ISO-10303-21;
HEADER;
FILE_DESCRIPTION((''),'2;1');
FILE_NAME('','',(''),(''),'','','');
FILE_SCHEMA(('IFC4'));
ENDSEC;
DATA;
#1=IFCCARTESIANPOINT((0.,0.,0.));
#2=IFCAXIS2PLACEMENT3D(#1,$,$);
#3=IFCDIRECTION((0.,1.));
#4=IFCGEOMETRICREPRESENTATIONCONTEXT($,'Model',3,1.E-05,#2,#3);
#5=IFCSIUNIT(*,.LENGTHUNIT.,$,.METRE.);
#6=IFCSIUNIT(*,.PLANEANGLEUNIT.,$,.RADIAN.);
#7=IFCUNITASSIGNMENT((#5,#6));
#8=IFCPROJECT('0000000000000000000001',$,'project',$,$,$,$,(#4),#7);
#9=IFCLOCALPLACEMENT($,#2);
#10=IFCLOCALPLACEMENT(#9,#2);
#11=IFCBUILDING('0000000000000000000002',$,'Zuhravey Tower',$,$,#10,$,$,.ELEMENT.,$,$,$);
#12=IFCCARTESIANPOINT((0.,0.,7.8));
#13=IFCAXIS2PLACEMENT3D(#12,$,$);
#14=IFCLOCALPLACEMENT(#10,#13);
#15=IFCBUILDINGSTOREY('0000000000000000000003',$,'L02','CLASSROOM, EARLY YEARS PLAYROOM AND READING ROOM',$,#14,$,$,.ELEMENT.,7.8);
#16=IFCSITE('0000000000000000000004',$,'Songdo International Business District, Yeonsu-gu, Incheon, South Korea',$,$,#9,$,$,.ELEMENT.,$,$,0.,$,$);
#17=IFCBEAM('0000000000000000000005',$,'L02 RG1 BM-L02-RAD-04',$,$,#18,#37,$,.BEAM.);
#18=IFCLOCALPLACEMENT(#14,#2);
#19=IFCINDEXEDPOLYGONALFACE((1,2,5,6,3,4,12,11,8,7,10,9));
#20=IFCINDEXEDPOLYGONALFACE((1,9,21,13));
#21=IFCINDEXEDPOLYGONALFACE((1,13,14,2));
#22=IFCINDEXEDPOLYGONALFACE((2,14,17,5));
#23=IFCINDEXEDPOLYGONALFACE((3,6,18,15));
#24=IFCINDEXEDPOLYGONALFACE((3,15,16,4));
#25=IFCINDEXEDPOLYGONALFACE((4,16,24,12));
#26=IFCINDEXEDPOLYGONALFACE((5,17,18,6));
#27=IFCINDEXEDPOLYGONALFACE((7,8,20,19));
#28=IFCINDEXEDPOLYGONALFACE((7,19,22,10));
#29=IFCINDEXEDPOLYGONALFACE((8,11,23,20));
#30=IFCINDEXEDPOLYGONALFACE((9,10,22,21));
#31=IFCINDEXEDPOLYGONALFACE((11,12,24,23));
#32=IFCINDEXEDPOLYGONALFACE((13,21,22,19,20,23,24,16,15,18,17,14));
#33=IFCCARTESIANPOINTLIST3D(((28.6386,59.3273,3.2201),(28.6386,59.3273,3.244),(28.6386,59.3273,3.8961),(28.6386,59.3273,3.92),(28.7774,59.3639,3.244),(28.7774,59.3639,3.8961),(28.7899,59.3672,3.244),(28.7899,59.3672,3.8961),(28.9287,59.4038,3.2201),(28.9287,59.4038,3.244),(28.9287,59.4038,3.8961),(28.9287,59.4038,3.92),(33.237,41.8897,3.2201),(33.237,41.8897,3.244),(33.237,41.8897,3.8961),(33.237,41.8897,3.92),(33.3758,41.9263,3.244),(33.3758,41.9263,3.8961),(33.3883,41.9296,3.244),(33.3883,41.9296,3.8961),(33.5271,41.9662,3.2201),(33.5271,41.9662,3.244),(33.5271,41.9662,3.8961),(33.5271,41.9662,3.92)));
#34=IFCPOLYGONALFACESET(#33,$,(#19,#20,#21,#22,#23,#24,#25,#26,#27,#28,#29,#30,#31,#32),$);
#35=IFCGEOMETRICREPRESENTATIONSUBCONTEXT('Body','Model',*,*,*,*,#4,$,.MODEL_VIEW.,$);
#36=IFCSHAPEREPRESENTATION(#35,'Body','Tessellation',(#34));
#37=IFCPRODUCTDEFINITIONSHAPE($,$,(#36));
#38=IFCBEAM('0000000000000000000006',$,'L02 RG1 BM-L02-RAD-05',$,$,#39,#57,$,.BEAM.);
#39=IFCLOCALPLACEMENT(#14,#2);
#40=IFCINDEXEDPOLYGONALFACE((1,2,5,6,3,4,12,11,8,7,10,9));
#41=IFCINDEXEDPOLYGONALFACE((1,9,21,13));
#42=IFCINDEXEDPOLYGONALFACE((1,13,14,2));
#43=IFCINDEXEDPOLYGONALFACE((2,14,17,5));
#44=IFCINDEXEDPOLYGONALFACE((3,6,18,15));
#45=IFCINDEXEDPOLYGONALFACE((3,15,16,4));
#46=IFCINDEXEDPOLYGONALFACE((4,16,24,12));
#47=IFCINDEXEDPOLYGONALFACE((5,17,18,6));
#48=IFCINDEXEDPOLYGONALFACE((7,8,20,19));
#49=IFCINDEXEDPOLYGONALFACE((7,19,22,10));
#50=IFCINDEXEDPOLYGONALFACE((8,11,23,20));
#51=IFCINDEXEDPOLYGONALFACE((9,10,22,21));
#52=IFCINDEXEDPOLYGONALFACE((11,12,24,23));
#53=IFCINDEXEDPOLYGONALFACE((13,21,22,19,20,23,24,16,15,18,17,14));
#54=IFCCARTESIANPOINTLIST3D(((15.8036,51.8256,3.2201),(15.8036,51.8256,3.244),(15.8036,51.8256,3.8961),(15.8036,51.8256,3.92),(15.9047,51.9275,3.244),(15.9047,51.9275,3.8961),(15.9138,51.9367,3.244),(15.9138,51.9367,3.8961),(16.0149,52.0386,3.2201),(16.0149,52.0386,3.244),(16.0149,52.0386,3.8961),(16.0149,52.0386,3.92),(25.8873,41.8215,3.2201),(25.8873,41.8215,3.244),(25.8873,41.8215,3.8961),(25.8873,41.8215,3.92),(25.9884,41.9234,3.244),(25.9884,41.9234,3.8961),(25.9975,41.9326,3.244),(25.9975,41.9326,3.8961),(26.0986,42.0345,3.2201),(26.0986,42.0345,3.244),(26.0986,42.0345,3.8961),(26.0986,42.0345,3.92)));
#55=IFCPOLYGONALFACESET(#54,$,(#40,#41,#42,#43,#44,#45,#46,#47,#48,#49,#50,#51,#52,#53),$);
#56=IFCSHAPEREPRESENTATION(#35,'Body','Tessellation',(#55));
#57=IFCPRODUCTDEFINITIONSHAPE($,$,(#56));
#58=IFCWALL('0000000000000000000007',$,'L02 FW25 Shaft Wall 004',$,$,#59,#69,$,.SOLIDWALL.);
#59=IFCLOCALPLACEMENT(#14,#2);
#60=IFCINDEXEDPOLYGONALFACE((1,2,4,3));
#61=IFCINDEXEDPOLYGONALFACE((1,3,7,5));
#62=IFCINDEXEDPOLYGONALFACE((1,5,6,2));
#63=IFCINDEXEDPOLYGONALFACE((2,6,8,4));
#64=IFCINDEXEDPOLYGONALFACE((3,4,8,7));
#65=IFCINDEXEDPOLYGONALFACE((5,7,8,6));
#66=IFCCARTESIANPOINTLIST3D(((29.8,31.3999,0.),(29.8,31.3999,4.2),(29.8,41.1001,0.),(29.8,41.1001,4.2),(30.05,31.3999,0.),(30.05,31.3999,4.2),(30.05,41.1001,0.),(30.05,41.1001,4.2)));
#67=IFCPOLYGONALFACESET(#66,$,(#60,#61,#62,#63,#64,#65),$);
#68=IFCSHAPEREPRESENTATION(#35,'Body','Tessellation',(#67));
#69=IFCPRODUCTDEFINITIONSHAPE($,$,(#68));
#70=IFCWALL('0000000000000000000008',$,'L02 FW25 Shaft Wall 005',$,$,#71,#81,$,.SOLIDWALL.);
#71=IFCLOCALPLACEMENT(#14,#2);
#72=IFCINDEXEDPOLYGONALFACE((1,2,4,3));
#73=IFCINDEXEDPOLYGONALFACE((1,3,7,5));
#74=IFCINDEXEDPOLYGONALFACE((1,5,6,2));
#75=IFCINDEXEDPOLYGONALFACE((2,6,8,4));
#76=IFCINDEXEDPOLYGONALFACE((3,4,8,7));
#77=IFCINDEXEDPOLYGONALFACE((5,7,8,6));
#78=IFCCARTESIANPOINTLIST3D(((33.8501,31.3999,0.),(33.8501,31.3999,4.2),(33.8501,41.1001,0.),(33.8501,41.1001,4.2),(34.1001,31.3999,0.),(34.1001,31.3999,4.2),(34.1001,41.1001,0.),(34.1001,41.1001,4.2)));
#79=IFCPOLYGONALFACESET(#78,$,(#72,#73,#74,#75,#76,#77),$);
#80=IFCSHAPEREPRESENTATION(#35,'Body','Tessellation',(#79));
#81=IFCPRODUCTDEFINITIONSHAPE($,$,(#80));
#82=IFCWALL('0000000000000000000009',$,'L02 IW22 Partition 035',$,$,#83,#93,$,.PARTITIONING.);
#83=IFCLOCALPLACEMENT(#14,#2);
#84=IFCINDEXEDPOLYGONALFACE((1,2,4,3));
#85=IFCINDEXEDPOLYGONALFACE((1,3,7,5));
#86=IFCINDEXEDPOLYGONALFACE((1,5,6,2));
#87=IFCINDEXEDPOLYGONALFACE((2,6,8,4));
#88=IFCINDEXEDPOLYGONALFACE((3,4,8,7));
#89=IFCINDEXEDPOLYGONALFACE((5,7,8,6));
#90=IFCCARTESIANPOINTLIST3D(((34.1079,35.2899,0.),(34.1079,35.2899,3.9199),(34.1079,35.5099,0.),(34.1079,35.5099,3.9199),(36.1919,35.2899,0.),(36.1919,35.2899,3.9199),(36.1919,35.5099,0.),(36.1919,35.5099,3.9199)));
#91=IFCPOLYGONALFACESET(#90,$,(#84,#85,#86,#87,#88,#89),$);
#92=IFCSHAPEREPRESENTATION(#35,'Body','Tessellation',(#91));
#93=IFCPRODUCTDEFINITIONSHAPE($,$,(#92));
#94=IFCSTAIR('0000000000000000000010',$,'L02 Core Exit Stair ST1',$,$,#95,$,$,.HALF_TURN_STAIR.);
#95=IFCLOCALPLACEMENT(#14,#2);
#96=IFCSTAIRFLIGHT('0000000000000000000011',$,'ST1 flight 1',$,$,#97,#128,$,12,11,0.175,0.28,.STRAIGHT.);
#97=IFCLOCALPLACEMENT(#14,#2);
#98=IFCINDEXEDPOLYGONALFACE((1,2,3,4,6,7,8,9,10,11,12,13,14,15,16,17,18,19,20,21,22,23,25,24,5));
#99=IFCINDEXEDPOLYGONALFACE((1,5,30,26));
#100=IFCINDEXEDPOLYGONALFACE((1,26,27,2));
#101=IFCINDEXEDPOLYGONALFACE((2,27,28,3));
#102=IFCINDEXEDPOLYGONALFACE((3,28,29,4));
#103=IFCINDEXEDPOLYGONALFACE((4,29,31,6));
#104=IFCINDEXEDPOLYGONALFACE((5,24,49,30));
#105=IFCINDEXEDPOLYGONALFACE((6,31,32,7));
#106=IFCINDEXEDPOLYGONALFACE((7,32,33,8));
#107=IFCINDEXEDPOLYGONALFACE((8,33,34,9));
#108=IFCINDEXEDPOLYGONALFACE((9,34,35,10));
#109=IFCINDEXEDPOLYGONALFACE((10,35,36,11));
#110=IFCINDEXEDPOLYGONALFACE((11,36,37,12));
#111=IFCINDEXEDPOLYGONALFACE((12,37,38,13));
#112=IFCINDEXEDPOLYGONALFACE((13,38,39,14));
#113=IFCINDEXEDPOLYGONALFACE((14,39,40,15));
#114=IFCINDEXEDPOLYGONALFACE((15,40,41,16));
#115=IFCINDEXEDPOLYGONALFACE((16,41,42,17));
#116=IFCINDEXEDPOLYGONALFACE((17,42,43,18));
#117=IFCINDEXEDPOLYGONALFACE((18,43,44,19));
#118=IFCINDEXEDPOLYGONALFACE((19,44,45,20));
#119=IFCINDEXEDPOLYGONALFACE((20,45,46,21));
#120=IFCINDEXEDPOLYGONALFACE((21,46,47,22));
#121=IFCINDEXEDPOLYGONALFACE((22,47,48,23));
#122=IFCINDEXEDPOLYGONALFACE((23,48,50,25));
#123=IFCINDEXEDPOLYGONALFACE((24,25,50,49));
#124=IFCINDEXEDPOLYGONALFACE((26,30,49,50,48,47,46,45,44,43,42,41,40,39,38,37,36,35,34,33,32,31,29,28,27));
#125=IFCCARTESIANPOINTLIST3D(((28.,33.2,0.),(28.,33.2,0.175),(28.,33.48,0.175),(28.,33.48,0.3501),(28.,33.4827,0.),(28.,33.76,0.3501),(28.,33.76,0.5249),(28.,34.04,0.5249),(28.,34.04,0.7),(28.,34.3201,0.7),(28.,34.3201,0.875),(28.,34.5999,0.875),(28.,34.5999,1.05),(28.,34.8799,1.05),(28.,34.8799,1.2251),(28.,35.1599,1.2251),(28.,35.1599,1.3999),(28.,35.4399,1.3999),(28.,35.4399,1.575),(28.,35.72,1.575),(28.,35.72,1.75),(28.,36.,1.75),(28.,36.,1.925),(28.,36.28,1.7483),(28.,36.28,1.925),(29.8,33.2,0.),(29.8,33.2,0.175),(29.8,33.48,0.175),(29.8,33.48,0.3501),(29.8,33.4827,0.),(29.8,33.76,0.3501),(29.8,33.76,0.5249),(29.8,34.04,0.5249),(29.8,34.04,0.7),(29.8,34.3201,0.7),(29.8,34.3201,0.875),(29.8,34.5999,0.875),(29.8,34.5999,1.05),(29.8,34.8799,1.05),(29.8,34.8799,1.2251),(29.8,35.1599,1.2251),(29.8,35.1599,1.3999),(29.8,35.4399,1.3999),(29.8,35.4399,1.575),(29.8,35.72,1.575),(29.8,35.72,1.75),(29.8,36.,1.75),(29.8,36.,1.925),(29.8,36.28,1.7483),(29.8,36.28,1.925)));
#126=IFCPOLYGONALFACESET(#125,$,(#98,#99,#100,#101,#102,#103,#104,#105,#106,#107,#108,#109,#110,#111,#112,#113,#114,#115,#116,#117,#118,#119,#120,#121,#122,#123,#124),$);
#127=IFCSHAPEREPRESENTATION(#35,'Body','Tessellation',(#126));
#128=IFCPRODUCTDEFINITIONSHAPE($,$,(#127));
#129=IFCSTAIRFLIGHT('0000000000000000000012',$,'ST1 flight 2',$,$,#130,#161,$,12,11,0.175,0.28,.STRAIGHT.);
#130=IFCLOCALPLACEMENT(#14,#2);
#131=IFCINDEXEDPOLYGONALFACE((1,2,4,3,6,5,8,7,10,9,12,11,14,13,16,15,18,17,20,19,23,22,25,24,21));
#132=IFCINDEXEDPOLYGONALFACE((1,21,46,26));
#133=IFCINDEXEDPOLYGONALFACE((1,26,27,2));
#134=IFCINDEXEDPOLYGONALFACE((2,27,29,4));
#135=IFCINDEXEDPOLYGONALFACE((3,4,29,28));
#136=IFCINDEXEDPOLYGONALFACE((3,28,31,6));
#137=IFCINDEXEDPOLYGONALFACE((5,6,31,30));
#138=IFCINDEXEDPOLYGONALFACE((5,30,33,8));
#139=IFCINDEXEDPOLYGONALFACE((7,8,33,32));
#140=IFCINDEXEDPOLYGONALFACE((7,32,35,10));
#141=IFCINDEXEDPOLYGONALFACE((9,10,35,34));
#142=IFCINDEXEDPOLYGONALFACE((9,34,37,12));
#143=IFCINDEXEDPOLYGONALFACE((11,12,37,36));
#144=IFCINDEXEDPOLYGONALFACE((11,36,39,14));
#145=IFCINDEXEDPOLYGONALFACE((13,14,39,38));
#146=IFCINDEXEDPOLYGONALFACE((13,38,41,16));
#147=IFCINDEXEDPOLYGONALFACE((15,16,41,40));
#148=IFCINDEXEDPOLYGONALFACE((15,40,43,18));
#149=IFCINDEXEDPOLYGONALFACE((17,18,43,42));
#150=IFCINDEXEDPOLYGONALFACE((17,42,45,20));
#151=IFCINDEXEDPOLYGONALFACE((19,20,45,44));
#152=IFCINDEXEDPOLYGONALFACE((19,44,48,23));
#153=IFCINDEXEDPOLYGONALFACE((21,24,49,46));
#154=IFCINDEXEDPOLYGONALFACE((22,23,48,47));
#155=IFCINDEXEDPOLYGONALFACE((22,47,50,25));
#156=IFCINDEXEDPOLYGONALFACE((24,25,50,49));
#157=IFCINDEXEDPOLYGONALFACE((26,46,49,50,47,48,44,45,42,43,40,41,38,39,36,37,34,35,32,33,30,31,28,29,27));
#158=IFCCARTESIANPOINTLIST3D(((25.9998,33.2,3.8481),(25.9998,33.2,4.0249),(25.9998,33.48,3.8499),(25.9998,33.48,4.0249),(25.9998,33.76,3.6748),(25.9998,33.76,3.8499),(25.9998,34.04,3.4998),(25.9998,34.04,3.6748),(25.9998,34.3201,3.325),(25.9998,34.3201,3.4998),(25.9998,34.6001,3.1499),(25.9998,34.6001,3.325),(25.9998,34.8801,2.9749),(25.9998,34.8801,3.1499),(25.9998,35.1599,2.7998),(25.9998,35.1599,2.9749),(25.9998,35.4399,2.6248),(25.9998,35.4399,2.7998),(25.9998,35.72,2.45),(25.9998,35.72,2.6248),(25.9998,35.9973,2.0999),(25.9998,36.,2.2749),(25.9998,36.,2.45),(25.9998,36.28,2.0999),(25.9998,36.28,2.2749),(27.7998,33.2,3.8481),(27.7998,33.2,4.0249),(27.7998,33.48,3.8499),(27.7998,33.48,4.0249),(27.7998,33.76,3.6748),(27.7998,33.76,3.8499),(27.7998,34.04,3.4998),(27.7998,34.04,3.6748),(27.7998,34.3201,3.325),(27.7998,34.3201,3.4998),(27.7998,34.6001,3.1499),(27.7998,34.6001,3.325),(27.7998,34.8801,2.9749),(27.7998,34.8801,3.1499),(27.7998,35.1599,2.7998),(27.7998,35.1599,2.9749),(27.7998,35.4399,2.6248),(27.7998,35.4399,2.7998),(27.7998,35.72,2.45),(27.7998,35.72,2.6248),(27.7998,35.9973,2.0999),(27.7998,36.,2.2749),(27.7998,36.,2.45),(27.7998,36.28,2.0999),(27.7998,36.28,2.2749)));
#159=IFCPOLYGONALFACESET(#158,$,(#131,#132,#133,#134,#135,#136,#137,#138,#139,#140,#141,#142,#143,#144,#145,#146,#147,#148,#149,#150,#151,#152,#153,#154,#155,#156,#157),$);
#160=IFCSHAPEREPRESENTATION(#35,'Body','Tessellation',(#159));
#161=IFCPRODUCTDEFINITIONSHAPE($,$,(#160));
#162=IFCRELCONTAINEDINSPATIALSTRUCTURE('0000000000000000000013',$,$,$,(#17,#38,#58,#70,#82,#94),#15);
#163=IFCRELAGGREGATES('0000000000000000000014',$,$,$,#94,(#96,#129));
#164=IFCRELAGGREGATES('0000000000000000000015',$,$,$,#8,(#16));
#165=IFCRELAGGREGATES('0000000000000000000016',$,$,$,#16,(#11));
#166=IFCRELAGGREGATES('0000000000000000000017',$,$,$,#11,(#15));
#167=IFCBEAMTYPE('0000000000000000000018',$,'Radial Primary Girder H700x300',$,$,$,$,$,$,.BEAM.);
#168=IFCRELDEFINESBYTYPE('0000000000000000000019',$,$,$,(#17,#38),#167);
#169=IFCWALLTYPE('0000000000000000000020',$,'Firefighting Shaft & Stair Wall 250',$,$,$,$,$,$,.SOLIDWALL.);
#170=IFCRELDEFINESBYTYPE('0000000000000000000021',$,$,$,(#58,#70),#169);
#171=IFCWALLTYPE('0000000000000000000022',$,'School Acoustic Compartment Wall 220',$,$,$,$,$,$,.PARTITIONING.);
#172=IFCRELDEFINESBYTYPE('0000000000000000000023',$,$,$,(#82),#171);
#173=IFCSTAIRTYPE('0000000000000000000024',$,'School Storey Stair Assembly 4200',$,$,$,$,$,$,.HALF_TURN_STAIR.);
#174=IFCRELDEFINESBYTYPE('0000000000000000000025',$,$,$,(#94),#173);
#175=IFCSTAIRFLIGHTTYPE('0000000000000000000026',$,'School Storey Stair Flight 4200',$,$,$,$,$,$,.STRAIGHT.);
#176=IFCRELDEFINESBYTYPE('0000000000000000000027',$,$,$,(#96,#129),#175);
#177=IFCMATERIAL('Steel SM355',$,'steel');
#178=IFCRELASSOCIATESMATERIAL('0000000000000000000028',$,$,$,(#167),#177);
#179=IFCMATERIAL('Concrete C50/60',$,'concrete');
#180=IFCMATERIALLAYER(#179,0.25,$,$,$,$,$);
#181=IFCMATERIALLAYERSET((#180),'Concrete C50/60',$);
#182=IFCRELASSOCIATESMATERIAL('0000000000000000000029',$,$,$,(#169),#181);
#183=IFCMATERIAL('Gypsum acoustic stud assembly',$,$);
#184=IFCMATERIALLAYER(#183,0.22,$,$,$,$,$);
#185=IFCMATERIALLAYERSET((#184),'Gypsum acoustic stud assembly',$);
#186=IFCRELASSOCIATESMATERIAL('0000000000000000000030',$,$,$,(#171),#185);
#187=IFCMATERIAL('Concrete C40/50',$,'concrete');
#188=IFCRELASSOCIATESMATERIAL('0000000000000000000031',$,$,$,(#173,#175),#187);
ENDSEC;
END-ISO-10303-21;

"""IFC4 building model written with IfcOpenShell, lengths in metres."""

from ifc_helpers import new_model, si_unit, direction, frame, frame_2d, origin, origin_2d, place, context, subcontext, project, spatial, polyline, rectangle, i_section, outline, extrude, material, layer, layer_set, material_profile, profile_set, type_object, element, aggregate, save


model = new_model("IFC4")

# Units and contexts
model_context = context("Model", 3, precision=1e-05, world=origin(), true_north=direction((0.0, 1.0)))
body_context = subcontext(model_context, "Body", "Model", "MODEL_VIEW")
ifc_project = project(units=[si_unit("LENGTHUNIT", "METRE"), si_unit("PLANEANGLEUNIT", "RADIAN")], contexts=[model_context])

# Site, building, storey
site_placement = place(None, origin())
site = spatial("IfcSite", under=ifc_project, at=site_placement, Name="Songdo International Business District, Yeonsu-gu, Incheon, South Korea", CompositionType="ELEMENT", RefElevation=0.0)
building_placement = place(site_placement, origin())
building = spatial("IfcBuilding", under=site, at=building_placement, Name="Zuhravey Tower", CompositionType="ELEMENT")
storey_placement = place(building_placement, frame((0.0, 0.0, 7.8)))
storey = spatial("IfcBuildingStorey", under=building, at=storey_placement, Name="L02", Description="CLASSROOM, EARLY YEARS PLAYROOM AND READING ROOM", CompositionType="ELEMENT", Elevation=7.8)

# Beams
ifc_material_1 = material(Name="Steel SM355", Category="steel")
ifc_material_profile = material_profile(ifc_material_1, i_section(OverallWidth=0.3, OverallDepth=0.7, WebThickness=0.0129, FlangeThickness=0.0239, at=origin_2d()), Name="H-700x300x13x24")
ifc_profile_set = profile_set([ifc_material_profile], Name="Steel SM355")
beam_type = type_object("IfcBeamType", Name="Radial Primary Girder H700x300", PredefinedType="BEAM", material=ifc_profile_set)
beam_1_placement = place(storey_placement, frame((33.3821, 41.928, 3.5701), z_axis=(-0.25499, 0.966944, 0.0), x_axis=(-0.966944, -0.25499, 0.0)))
element("IfcBeam", 1, at=beam_1_placement, inside=storey, type_object=beam_type, Name="L02 RG1 BM-L02-RAD-04", PredefinedType="BEAM", context=body_context, shape_type="SweptSolid", body=[
    extrude(i_section(OverallWidth=0.3, OverallDepth=0.7, WebThickness=0.0129, FlangeThickness=0.0239, at=origin_2d()), origin(), (0.0, 0.0, 1.0), 18.0337),
])
beam_2_placement = place(storey_placement, frame((25.9929, 41.928, 3.5701), z_axis=(-0.709903, 0.7043, 0.0), x_axis=(-0.7043, -0.709903, 0.0)))
element("IfcBeam", 2, at=beam_2_placement, inside=storey, type_object=beam_type, Name="L02 RG1 BM-L02-RAD-05", PredefinedType="BEAM", context=body_context, shape_type="SweptSolid", body=[
    extrude(i_section(OverallWidth=0.3, OverallDepth=0.7, WebThickness=0.0129, FlangeThickness=0.0239, at=origin_2d()), origin(), (0.0, 0.0, 1.0), 14.2043),
])

# Walls
ifc_material_2 = material(Name="Concrete C50/60", Category="concrete")
ifc_layer_1 = layer(ifc_material_2, 0.25)
ifc_layer_set_1 = layer_set([ifc_layer_1], Name="Concrete C50/60")
wall_type_1 = type_object("IfcWallType", Name="Firefighting Shaft & Stair Wall 250", PredefinedType="SOLIDWALL", material=ifc_layer_set_1)
for number, where, z_axis, x_axis, name in (
    (3, (29.925, 31.3999, 0.0), (0.0, 0.0, 1.0), (0.0, 1.0, 0.0), "L02 FW25 Shaft Wall 004"),
    (4, (33.9751, 31.3999, 0.0), (0.0, 0.0, 1.0), (0.0, 1.0, 0.0), "L02 FW25 Shaft Wall 005"),
):
    element("IfcWall", number, at=place(storey_placement, frame(where, z_axis=z_axis, x_axis=x_axis)), inside=storey, type_object=wall_type_1, Name=name, PredefinedType="SOLIDWALL", context=body_context, shape_type="SweptSolid", body=[
        extrude(rectangle(XDim=9.7002, YDim=0.25, at=frame_2d((4.8501, 0.0))), origin(), (0.0, 0.0, 1.0), 4.2),
    ])
ifc_material_3 = material(Name="Gypsum acoustic stud assembly")
ifc_layer_2 = layer(ifc_material_3, 0.22)
ifc_layer_set_2 = layer_set([ifc_layer_2], Name="Gypsum acoustic stud assembly")
wall_type_2 = type_object("IfcWallType", Name="School Acoustic Compartment Wall 220", PredefinedType="PARTITIONING", material=ifc_layer_set_2)
wall_placement = place(storey_placement, frame((34.1079, 35.3999, 0.0), z_axis=(0.0, 0.0, 1.0), x_axis=(1.0, 0.0, 0.0)))
element("IfcWall", 5, at=wall_placement, inside=storey, type_object=wall_type_2, Name="L02 IW22 Partition 035", PredefinedType="PARTITIONING", context=body_context, shape_type="SweptSolid", body=[
    extrude(rectangle(XDim=2.084, YDim=0.22, at=frame_2d((1.042, 0.0))), origin(), (0.0, 0.0, 1.0), 3.9199),
])

# Stair, stair flights
ifc_material_4 = material(Name="Concrete C40/50", Category="concrete")
stair_type = type_object("IfcStairType", Name="School Storey Stair Assembly 4200", PredefinedType="HALF_TURN_STAIR", material=ifc_material_4)
stair_1_placement = place(storey_placement, origin())
stair_1 = element("IfcStair", 6, at=stair_1_placement, inside=storey, type_object=stair_type, Name="L02 Core Exit Stair ST1", PredefinedType="HALF_TURN_STAIR")
stair_flight_type = type_object("IfcStairFlightType", Name="School Storey Stair Flight 4200", PredefinedType="STRAIGHT", material=ifc_material_4)
stair_flight_1_placement = place(storey_placement, frame((28.8999, 33.2, 0.0), z_axis=(0.0, 0.0, 1.0), x_axis=(0.0, 1.0, 0.0)))
stair_flight_1 = element("IfcStairFlight", 7, at=stair_flight_1_placement, type_object=stair_flight_type, Name="ST1 flight 1", NumberOfRisers=12, NumberOfTreads=11, PredefinedType="STRAIGHT", RiserHeight=0.175, TreadLength=0.28, context=body_context, shape_type="SweptSolid", body=[
    extrude(outline(polyline([(0.0, 0.0), (0.0, 0.175), (0.28, 0.175), (0.28, 0.3501), (0.5601, 0.3501), (0.5601, 0.5249), (0.8401, 0.5249), (0.8401, 0.7), (1.1201, 0.7), (1.1201, 0.875), (1.3999, 0.875), (1.3999, 1.05), (1.6799, 1.05), (1.6799, 1.2251), (1.96, 1.2251), (1.96, 1.3999), (2.24, 1.3999), (2.24, 1.575), (2.52, 1.575), (2.52, 1.75), (2.8, 1.75), (2.8, 1.925), (3.0801, 1.925), (3.0801, 2.1001), (3.0801, 1.7483), (0.2827, 0.0), (0.0, 0.0)])), frame((0.0, 0.8999, 0.0), z_axis=(0.0, -1.0, 0.0), x_axis=(1.0, 0.0, 0.0)), (0.0, 0.0, 1.0), 1.8),
])
stair_flight_2_placement = place(storey_placement, frame((26.8999, 36.28, 2.0999), z_axis=(0.0, 0.0, 1.0), x_axis=(0.0, -1.0, 0.0)))
stair_flight_2 = element("IfcStairFlight", 8, at=stair_flight_2_placement, type_object=stair_flight_type, Name="ST1 flight 2", NumberOfRisers=12, NumberOfTreads=11, PredefinedType="STRAIGHT", RiserHeight=0.175, TreadLength=0.28, context=body_context, shape_type="SweptSolid", body=[
    extrude(outline(polyline([(0.0, 0.0), (0.0, 0.175), (0.28, 0.175), (0.28, 0.3501), (0.5601, 0.3501), (0.5601, 0.5249), (0.8401, 0.5249), (0.8401, 0.7), (1.1201, 0.7), (1.1201, 0.875), (1.3999, 0.875), (1.3999, 1.05), (1.6799, 1.05), (1.6799, 1.2251), (1.96, 1.2251), (1.96, 1.3999), (2.24, 1.3999), (2.24, 1.575), (2.52, 1.575), (2.52, 1.75), (2.8, 1.75), (2.8, 1.925), (3.0801, 1.925), (3.0801, 2.1001), (3.0801, 1.7483), (0.2827, 0.0), (0.0, 0.0)])), frame((0.0, 0.8999, 0.0), z_axis=(0.0, -1.0, 0.0), x_axis=(1.0, 0.0, 0.0)), (0.0, 0.0, 1.0), 1.8),
])
aggregate(stair_1, [stair_flight_1, stair_flight_2])

save(model, "model.ifc")
